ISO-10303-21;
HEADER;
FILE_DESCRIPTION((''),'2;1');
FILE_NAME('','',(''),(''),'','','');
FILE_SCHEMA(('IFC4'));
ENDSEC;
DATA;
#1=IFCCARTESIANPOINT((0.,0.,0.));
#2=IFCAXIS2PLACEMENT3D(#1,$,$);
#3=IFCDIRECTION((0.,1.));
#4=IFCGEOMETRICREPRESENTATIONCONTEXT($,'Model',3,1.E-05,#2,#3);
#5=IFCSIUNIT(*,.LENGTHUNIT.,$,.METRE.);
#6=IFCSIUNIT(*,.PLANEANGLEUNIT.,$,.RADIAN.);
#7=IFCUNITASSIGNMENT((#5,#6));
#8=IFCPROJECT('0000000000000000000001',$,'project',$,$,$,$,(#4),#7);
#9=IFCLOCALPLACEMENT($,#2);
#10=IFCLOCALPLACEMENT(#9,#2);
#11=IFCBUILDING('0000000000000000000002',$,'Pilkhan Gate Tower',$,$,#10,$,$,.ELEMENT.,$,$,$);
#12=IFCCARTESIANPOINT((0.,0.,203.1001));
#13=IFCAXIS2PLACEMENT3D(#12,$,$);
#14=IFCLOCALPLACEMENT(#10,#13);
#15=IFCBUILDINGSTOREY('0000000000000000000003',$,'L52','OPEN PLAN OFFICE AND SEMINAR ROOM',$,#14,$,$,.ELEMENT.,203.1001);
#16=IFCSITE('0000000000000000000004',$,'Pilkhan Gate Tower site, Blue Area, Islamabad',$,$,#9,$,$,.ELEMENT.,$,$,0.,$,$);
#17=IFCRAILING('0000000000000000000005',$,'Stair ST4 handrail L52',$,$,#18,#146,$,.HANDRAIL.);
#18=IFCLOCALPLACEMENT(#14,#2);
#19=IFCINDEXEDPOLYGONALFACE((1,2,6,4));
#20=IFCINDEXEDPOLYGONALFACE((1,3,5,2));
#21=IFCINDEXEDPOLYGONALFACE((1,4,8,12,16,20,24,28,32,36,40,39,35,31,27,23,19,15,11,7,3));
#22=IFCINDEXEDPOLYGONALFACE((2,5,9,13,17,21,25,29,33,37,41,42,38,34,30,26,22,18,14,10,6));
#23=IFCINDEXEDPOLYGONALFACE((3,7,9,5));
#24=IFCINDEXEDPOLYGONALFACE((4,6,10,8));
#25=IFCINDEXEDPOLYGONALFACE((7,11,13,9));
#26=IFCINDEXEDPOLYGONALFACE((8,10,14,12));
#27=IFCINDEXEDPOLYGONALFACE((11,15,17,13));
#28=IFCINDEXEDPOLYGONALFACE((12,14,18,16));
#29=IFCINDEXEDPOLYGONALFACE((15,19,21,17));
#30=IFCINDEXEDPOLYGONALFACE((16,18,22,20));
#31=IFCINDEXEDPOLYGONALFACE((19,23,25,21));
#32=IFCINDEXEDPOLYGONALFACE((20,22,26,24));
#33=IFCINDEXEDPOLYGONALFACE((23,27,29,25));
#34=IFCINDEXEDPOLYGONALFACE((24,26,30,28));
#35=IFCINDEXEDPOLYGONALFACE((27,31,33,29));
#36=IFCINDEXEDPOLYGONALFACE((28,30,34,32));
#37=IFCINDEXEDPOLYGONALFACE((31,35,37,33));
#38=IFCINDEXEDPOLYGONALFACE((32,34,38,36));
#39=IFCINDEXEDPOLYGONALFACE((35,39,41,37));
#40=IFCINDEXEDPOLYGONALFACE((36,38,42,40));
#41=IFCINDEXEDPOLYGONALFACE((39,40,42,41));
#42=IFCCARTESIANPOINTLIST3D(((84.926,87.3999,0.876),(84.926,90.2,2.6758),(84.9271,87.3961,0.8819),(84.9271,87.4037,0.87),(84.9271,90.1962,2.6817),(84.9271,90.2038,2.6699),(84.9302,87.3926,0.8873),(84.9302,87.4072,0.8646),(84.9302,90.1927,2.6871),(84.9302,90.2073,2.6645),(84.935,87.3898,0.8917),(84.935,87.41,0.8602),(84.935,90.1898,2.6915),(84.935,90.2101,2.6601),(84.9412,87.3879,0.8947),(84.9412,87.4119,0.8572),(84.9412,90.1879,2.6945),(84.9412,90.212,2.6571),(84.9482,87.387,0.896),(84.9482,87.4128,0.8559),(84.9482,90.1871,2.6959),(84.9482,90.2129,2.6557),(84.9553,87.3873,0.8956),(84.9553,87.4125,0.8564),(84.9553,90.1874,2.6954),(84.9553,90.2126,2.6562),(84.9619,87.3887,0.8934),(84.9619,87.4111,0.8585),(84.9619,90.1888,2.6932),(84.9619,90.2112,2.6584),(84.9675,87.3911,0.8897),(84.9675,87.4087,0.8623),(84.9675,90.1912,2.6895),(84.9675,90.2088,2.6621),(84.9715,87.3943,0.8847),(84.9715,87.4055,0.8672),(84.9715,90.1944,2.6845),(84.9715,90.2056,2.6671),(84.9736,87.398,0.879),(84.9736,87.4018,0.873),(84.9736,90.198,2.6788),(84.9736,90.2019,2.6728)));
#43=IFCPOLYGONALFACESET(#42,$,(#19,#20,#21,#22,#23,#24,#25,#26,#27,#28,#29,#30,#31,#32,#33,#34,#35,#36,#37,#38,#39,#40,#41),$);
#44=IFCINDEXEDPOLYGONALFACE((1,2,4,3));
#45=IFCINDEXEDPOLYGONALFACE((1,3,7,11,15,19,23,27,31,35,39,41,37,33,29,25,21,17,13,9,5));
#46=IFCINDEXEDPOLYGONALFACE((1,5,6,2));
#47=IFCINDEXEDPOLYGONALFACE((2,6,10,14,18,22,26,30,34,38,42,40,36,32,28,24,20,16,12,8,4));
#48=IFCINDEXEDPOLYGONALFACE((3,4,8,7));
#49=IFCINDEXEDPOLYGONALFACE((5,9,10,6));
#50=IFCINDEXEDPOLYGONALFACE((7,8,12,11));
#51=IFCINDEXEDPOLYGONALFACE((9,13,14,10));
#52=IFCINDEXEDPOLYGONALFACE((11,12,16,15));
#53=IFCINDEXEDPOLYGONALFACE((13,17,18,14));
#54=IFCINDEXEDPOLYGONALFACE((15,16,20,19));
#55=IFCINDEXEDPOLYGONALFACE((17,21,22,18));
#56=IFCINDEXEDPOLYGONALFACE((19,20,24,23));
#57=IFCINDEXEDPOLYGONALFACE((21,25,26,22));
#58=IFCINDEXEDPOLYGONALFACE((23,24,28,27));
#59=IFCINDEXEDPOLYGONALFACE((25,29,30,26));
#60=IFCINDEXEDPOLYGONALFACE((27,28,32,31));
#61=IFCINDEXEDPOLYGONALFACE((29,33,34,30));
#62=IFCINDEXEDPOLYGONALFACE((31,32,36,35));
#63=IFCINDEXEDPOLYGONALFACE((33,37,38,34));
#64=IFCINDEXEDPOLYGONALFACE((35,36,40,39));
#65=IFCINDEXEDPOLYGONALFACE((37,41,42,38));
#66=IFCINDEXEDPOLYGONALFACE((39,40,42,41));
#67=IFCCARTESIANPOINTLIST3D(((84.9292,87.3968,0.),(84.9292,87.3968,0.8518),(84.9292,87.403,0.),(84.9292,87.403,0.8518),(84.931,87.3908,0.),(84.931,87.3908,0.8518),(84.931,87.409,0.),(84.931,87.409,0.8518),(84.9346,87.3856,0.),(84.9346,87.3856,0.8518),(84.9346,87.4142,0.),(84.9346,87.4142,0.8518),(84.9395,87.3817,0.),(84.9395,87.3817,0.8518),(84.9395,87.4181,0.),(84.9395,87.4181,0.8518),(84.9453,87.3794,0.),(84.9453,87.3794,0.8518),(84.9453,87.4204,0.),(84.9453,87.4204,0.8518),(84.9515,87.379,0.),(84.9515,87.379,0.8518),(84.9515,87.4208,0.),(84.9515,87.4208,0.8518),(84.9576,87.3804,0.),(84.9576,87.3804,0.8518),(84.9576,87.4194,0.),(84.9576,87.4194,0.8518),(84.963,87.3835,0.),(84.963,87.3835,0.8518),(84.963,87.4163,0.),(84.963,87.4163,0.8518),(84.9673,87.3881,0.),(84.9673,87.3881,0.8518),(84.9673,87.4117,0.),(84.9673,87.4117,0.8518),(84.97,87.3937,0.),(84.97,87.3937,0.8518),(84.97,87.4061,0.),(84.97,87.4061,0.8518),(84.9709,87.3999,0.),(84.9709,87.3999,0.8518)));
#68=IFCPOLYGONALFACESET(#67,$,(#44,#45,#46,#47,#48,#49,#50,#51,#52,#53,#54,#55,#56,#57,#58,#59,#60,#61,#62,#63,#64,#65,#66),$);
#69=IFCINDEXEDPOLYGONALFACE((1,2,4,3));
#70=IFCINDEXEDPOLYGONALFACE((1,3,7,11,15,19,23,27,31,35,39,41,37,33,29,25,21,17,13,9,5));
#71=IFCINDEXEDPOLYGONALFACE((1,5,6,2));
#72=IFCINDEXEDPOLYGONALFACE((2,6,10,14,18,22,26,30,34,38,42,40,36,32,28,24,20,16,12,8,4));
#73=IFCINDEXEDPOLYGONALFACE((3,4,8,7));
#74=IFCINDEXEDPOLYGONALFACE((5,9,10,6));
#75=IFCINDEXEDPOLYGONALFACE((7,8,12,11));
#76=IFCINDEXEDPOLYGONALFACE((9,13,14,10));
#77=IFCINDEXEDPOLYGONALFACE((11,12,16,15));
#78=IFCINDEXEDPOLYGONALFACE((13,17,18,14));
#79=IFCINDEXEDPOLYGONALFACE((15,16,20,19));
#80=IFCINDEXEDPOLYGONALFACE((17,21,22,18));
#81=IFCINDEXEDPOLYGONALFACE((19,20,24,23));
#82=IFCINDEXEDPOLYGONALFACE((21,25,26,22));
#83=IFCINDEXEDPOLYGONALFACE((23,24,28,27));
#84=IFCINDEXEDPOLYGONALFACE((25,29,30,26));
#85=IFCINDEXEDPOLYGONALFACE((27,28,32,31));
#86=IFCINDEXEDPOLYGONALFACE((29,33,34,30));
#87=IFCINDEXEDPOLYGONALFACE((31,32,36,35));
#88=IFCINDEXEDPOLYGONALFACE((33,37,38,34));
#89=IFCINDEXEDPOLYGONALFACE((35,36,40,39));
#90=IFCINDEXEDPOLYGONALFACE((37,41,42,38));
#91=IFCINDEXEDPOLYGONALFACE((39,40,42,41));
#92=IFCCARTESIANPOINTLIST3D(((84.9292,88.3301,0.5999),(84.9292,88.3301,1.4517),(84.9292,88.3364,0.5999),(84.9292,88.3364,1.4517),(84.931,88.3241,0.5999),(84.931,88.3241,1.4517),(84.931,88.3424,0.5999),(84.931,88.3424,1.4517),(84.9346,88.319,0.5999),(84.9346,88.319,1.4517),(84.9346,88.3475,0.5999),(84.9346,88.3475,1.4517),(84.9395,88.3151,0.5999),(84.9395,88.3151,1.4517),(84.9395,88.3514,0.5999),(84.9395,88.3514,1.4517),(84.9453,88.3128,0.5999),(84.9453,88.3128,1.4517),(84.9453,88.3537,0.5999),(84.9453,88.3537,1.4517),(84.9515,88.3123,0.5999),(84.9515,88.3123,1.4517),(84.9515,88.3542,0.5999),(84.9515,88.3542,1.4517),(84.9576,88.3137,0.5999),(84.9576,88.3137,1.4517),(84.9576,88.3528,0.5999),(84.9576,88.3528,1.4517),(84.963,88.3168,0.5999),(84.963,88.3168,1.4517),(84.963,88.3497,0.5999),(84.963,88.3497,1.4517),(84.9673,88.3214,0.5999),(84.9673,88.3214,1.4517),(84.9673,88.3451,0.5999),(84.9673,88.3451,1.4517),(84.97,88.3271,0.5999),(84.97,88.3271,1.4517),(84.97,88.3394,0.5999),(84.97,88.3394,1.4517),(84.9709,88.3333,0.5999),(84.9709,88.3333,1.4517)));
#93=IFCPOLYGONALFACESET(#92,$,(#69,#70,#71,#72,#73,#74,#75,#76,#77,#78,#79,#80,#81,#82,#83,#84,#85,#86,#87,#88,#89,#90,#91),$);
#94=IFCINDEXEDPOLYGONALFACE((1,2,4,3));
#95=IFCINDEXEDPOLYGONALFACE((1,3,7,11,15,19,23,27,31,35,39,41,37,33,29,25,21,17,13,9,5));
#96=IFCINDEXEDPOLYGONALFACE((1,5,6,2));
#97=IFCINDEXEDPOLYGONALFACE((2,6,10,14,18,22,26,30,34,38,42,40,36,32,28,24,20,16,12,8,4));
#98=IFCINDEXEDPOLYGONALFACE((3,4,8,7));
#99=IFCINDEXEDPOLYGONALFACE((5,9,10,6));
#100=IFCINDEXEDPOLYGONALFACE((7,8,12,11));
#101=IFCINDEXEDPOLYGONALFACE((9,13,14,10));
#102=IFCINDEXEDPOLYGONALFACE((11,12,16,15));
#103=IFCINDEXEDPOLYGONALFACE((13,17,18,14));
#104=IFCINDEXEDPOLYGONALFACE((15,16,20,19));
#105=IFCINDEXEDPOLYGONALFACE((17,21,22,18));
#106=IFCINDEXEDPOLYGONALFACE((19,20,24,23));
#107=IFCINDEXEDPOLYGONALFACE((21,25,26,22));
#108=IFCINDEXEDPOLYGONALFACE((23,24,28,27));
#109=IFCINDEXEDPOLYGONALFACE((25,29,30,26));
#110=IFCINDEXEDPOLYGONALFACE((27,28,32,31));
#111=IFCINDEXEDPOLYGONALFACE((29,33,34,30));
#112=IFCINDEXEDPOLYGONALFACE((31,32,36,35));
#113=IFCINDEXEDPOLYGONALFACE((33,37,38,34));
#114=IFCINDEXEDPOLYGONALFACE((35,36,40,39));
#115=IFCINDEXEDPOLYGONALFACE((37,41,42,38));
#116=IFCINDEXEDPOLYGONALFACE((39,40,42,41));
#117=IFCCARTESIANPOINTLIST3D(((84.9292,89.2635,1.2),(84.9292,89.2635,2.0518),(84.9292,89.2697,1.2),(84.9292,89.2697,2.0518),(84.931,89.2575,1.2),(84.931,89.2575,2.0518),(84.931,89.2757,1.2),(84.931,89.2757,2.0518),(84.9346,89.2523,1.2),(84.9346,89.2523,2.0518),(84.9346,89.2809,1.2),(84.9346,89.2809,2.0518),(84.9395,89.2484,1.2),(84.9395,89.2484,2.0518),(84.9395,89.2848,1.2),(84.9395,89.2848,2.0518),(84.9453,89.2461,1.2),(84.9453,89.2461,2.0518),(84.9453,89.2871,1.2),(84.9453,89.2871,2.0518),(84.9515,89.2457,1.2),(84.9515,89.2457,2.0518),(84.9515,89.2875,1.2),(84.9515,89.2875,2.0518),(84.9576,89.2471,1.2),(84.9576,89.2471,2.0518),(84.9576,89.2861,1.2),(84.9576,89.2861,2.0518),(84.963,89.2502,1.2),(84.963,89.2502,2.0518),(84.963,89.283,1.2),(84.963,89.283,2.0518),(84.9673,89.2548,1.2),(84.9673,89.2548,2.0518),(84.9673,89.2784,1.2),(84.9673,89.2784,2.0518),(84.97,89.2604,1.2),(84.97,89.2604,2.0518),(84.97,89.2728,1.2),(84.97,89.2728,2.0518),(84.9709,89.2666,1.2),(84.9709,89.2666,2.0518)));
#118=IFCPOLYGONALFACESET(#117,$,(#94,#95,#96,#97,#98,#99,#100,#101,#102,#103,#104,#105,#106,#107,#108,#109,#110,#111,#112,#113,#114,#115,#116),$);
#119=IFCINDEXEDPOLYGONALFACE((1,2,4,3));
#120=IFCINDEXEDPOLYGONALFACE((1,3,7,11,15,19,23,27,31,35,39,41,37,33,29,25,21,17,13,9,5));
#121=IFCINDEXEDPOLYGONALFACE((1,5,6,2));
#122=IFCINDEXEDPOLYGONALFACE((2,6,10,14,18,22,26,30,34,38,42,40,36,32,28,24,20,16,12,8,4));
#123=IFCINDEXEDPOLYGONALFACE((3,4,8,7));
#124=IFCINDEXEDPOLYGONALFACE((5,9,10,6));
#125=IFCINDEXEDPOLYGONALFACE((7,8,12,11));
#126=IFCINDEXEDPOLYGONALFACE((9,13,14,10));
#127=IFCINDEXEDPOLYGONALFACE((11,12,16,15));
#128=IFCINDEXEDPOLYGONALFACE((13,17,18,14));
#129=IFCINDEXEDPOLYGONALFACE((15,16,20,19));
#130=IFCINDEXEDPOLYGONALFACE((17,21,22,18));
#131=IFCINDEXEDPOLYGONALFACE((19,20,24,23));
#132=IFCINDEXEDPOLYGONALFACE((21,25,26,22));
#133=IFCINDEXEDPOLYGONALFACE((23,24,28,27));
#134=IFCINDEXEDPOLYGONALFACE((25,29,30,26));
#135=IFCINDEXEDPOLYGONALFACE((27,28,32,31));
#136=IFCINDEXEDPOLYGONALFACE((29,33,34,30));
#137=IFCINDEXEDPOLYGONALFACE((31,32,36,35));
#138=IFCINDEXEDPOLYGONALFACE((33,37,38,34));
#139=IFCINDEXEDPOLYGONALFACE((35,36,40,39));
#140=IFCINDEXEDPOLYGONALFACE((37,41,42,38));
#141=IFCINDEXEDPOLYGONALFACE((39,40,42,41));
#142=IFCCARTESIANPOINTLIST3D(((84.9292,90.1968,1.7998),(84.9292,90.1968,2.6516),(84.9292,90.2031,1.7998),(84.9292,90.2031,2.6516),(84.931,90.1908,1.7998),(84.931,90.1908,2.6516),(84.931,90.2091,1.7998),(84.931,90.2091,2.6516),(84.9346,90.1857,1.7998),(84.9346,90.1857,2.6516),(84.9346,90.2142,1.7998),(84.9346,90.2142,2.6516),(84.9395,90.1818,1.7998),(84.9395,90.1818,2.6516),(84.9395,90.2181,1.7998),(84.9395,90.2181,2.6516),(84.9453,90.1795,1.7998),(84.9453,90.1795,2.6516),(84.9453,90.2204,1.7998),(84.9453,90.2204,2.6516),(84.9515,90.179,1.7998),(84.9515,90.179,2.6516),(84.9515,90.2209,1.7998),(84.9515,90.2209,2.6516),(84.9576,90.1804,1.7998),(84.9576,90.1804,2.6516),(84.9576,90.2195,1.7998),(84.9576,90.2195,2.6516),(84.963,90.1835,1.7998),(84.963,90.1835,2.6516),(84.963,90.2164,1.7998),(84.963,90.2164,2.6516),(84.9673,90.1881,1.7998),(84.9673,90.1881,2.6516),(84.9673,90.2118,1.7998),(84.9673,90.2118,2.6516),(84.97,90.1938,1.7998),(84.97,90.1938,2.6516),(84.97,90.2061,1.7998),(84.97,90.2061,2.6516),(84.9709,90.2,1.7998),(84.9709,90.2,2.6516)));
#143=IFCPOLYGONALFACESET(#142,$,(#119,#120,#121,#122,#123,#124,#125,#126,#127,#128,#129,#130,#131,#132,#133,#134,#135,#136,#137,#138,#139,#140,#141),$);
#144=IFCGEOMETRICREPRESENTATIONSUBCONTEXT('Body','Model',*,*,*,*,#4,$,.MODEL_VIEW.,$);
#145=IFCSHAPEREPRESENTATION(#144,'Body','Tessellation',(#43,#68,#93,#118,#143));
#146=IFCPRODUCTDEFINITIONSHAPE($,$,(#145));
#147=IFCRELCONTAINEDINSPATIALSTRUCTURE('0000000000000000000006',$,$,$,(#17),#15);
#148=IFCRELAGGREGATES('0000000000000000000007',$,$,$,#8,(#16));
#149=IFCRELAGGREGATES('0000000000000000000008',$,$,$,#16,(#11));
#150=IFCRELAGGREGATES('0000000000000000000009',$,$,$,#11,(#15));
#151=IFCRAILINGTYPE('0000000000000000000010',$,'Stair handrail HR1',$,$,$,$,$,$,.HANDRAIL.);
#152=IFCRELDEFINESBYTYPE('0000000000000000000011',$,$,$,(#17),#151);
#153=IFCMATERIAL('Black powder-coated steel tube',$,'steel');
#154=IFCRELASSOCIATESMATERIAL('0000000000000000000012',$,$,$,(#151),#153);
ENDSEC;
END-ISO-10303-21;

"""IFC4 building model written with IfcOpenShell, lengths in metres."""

from ifc_helpers import new_model, si_unit, direction, frame, origin, origin_2d, place, context, subcontext, project, spatial, circle, extrude, material, type_object, element, save


model = new_model("IFC4")

# Units and contexts
model_context = context("Model", 3, precision=1e-05, world=origin(), true_north=direction((0.0, 1.0)))
body_context = subcontext(model_context, "Body", "Model", "MODEL_VIEW")
ifc_project = project(units=[si_unit("LENGTHUNIT", "METRE"), si_unit("PLANEANGLEUNIT", "RADIAN")], contexts=[model_context])

# Site, building, storey
site_placement = place(None, origin())
site = spatial("IfcSite", under=ifc_project, at=site_placement, Name="Pilkhan Gate Tower site, Blue Area, Islamabad", CompositionType="ELEMENT", RefElevation=0.0)
building_placement = place(site_placement, origin())
building = spatial("IfcBuilding", under=site, at=building_placement, Name="Pilkhan Gate Tower", CompositionType="ELEMENT")
storey_placement = place(building_placement, frame((0.0, 0.0, 203.1001)))
storey = spatial("IfcBuildingStorey", under=building, at=storey_placement, Name="L52", Description="OPEN PLAN OFFICE AND SEMINAR ROOM", CompositionType="ELEMENT", Elevation=203.1001)

# Railing
ifc_material_1 = material(Name="Black powder-coated steel tube", Category="steel")
railing_type_1 = type_object("IfcRailingType", Name="Stair handrail HR1", PredefinedType="HANDRAIL", material=ifc_material_1)
railing_1_placement = place(storey_placement, frame((84.95, 87.3999, 0.0)))
element("IfcRailing", 1, at=railing_1_placement, inside=storey, type_object=railing_type_1, Name="Stair ST4 handrail L52", PredefinedType="HANDRAIL", context=body_context, shape_type="SweptSolid", body=[
    extrude(circle(Radius=0.0239, at=origin_2d()), frame((0.0, 0.0, 0.876), z_axis=(0.0, 0.841209, 0.540709), x_axis=(-1.0, 0.0, 0.0)), (0.0, 0.0, 1.0), 3.3286),
    extrude(circle(Radius=0.021, at=origin_2d()), origin(), (0.0, 0.0, 1.0), 0.8518),
    extrude(circle(Radius=0.021, at=origin_2d()), frame((0.0, 0.9333, 0.5999)), (0.0, 0.0, 1.0), 0.8518),
    extrude(circle(Radius=0.021, at=origin_2d()), frame((0.0, 1.8667, 1.2)), (0.0, 0.0, 1.0), 0.8518),
    extrude(circle(Radius=0.021, at=origin_2d()), frame((0.0, 2.8, 1.7998)), (0.0, 0.0, 1.0), 0.8518),
])

save(model, "model.ifc")
